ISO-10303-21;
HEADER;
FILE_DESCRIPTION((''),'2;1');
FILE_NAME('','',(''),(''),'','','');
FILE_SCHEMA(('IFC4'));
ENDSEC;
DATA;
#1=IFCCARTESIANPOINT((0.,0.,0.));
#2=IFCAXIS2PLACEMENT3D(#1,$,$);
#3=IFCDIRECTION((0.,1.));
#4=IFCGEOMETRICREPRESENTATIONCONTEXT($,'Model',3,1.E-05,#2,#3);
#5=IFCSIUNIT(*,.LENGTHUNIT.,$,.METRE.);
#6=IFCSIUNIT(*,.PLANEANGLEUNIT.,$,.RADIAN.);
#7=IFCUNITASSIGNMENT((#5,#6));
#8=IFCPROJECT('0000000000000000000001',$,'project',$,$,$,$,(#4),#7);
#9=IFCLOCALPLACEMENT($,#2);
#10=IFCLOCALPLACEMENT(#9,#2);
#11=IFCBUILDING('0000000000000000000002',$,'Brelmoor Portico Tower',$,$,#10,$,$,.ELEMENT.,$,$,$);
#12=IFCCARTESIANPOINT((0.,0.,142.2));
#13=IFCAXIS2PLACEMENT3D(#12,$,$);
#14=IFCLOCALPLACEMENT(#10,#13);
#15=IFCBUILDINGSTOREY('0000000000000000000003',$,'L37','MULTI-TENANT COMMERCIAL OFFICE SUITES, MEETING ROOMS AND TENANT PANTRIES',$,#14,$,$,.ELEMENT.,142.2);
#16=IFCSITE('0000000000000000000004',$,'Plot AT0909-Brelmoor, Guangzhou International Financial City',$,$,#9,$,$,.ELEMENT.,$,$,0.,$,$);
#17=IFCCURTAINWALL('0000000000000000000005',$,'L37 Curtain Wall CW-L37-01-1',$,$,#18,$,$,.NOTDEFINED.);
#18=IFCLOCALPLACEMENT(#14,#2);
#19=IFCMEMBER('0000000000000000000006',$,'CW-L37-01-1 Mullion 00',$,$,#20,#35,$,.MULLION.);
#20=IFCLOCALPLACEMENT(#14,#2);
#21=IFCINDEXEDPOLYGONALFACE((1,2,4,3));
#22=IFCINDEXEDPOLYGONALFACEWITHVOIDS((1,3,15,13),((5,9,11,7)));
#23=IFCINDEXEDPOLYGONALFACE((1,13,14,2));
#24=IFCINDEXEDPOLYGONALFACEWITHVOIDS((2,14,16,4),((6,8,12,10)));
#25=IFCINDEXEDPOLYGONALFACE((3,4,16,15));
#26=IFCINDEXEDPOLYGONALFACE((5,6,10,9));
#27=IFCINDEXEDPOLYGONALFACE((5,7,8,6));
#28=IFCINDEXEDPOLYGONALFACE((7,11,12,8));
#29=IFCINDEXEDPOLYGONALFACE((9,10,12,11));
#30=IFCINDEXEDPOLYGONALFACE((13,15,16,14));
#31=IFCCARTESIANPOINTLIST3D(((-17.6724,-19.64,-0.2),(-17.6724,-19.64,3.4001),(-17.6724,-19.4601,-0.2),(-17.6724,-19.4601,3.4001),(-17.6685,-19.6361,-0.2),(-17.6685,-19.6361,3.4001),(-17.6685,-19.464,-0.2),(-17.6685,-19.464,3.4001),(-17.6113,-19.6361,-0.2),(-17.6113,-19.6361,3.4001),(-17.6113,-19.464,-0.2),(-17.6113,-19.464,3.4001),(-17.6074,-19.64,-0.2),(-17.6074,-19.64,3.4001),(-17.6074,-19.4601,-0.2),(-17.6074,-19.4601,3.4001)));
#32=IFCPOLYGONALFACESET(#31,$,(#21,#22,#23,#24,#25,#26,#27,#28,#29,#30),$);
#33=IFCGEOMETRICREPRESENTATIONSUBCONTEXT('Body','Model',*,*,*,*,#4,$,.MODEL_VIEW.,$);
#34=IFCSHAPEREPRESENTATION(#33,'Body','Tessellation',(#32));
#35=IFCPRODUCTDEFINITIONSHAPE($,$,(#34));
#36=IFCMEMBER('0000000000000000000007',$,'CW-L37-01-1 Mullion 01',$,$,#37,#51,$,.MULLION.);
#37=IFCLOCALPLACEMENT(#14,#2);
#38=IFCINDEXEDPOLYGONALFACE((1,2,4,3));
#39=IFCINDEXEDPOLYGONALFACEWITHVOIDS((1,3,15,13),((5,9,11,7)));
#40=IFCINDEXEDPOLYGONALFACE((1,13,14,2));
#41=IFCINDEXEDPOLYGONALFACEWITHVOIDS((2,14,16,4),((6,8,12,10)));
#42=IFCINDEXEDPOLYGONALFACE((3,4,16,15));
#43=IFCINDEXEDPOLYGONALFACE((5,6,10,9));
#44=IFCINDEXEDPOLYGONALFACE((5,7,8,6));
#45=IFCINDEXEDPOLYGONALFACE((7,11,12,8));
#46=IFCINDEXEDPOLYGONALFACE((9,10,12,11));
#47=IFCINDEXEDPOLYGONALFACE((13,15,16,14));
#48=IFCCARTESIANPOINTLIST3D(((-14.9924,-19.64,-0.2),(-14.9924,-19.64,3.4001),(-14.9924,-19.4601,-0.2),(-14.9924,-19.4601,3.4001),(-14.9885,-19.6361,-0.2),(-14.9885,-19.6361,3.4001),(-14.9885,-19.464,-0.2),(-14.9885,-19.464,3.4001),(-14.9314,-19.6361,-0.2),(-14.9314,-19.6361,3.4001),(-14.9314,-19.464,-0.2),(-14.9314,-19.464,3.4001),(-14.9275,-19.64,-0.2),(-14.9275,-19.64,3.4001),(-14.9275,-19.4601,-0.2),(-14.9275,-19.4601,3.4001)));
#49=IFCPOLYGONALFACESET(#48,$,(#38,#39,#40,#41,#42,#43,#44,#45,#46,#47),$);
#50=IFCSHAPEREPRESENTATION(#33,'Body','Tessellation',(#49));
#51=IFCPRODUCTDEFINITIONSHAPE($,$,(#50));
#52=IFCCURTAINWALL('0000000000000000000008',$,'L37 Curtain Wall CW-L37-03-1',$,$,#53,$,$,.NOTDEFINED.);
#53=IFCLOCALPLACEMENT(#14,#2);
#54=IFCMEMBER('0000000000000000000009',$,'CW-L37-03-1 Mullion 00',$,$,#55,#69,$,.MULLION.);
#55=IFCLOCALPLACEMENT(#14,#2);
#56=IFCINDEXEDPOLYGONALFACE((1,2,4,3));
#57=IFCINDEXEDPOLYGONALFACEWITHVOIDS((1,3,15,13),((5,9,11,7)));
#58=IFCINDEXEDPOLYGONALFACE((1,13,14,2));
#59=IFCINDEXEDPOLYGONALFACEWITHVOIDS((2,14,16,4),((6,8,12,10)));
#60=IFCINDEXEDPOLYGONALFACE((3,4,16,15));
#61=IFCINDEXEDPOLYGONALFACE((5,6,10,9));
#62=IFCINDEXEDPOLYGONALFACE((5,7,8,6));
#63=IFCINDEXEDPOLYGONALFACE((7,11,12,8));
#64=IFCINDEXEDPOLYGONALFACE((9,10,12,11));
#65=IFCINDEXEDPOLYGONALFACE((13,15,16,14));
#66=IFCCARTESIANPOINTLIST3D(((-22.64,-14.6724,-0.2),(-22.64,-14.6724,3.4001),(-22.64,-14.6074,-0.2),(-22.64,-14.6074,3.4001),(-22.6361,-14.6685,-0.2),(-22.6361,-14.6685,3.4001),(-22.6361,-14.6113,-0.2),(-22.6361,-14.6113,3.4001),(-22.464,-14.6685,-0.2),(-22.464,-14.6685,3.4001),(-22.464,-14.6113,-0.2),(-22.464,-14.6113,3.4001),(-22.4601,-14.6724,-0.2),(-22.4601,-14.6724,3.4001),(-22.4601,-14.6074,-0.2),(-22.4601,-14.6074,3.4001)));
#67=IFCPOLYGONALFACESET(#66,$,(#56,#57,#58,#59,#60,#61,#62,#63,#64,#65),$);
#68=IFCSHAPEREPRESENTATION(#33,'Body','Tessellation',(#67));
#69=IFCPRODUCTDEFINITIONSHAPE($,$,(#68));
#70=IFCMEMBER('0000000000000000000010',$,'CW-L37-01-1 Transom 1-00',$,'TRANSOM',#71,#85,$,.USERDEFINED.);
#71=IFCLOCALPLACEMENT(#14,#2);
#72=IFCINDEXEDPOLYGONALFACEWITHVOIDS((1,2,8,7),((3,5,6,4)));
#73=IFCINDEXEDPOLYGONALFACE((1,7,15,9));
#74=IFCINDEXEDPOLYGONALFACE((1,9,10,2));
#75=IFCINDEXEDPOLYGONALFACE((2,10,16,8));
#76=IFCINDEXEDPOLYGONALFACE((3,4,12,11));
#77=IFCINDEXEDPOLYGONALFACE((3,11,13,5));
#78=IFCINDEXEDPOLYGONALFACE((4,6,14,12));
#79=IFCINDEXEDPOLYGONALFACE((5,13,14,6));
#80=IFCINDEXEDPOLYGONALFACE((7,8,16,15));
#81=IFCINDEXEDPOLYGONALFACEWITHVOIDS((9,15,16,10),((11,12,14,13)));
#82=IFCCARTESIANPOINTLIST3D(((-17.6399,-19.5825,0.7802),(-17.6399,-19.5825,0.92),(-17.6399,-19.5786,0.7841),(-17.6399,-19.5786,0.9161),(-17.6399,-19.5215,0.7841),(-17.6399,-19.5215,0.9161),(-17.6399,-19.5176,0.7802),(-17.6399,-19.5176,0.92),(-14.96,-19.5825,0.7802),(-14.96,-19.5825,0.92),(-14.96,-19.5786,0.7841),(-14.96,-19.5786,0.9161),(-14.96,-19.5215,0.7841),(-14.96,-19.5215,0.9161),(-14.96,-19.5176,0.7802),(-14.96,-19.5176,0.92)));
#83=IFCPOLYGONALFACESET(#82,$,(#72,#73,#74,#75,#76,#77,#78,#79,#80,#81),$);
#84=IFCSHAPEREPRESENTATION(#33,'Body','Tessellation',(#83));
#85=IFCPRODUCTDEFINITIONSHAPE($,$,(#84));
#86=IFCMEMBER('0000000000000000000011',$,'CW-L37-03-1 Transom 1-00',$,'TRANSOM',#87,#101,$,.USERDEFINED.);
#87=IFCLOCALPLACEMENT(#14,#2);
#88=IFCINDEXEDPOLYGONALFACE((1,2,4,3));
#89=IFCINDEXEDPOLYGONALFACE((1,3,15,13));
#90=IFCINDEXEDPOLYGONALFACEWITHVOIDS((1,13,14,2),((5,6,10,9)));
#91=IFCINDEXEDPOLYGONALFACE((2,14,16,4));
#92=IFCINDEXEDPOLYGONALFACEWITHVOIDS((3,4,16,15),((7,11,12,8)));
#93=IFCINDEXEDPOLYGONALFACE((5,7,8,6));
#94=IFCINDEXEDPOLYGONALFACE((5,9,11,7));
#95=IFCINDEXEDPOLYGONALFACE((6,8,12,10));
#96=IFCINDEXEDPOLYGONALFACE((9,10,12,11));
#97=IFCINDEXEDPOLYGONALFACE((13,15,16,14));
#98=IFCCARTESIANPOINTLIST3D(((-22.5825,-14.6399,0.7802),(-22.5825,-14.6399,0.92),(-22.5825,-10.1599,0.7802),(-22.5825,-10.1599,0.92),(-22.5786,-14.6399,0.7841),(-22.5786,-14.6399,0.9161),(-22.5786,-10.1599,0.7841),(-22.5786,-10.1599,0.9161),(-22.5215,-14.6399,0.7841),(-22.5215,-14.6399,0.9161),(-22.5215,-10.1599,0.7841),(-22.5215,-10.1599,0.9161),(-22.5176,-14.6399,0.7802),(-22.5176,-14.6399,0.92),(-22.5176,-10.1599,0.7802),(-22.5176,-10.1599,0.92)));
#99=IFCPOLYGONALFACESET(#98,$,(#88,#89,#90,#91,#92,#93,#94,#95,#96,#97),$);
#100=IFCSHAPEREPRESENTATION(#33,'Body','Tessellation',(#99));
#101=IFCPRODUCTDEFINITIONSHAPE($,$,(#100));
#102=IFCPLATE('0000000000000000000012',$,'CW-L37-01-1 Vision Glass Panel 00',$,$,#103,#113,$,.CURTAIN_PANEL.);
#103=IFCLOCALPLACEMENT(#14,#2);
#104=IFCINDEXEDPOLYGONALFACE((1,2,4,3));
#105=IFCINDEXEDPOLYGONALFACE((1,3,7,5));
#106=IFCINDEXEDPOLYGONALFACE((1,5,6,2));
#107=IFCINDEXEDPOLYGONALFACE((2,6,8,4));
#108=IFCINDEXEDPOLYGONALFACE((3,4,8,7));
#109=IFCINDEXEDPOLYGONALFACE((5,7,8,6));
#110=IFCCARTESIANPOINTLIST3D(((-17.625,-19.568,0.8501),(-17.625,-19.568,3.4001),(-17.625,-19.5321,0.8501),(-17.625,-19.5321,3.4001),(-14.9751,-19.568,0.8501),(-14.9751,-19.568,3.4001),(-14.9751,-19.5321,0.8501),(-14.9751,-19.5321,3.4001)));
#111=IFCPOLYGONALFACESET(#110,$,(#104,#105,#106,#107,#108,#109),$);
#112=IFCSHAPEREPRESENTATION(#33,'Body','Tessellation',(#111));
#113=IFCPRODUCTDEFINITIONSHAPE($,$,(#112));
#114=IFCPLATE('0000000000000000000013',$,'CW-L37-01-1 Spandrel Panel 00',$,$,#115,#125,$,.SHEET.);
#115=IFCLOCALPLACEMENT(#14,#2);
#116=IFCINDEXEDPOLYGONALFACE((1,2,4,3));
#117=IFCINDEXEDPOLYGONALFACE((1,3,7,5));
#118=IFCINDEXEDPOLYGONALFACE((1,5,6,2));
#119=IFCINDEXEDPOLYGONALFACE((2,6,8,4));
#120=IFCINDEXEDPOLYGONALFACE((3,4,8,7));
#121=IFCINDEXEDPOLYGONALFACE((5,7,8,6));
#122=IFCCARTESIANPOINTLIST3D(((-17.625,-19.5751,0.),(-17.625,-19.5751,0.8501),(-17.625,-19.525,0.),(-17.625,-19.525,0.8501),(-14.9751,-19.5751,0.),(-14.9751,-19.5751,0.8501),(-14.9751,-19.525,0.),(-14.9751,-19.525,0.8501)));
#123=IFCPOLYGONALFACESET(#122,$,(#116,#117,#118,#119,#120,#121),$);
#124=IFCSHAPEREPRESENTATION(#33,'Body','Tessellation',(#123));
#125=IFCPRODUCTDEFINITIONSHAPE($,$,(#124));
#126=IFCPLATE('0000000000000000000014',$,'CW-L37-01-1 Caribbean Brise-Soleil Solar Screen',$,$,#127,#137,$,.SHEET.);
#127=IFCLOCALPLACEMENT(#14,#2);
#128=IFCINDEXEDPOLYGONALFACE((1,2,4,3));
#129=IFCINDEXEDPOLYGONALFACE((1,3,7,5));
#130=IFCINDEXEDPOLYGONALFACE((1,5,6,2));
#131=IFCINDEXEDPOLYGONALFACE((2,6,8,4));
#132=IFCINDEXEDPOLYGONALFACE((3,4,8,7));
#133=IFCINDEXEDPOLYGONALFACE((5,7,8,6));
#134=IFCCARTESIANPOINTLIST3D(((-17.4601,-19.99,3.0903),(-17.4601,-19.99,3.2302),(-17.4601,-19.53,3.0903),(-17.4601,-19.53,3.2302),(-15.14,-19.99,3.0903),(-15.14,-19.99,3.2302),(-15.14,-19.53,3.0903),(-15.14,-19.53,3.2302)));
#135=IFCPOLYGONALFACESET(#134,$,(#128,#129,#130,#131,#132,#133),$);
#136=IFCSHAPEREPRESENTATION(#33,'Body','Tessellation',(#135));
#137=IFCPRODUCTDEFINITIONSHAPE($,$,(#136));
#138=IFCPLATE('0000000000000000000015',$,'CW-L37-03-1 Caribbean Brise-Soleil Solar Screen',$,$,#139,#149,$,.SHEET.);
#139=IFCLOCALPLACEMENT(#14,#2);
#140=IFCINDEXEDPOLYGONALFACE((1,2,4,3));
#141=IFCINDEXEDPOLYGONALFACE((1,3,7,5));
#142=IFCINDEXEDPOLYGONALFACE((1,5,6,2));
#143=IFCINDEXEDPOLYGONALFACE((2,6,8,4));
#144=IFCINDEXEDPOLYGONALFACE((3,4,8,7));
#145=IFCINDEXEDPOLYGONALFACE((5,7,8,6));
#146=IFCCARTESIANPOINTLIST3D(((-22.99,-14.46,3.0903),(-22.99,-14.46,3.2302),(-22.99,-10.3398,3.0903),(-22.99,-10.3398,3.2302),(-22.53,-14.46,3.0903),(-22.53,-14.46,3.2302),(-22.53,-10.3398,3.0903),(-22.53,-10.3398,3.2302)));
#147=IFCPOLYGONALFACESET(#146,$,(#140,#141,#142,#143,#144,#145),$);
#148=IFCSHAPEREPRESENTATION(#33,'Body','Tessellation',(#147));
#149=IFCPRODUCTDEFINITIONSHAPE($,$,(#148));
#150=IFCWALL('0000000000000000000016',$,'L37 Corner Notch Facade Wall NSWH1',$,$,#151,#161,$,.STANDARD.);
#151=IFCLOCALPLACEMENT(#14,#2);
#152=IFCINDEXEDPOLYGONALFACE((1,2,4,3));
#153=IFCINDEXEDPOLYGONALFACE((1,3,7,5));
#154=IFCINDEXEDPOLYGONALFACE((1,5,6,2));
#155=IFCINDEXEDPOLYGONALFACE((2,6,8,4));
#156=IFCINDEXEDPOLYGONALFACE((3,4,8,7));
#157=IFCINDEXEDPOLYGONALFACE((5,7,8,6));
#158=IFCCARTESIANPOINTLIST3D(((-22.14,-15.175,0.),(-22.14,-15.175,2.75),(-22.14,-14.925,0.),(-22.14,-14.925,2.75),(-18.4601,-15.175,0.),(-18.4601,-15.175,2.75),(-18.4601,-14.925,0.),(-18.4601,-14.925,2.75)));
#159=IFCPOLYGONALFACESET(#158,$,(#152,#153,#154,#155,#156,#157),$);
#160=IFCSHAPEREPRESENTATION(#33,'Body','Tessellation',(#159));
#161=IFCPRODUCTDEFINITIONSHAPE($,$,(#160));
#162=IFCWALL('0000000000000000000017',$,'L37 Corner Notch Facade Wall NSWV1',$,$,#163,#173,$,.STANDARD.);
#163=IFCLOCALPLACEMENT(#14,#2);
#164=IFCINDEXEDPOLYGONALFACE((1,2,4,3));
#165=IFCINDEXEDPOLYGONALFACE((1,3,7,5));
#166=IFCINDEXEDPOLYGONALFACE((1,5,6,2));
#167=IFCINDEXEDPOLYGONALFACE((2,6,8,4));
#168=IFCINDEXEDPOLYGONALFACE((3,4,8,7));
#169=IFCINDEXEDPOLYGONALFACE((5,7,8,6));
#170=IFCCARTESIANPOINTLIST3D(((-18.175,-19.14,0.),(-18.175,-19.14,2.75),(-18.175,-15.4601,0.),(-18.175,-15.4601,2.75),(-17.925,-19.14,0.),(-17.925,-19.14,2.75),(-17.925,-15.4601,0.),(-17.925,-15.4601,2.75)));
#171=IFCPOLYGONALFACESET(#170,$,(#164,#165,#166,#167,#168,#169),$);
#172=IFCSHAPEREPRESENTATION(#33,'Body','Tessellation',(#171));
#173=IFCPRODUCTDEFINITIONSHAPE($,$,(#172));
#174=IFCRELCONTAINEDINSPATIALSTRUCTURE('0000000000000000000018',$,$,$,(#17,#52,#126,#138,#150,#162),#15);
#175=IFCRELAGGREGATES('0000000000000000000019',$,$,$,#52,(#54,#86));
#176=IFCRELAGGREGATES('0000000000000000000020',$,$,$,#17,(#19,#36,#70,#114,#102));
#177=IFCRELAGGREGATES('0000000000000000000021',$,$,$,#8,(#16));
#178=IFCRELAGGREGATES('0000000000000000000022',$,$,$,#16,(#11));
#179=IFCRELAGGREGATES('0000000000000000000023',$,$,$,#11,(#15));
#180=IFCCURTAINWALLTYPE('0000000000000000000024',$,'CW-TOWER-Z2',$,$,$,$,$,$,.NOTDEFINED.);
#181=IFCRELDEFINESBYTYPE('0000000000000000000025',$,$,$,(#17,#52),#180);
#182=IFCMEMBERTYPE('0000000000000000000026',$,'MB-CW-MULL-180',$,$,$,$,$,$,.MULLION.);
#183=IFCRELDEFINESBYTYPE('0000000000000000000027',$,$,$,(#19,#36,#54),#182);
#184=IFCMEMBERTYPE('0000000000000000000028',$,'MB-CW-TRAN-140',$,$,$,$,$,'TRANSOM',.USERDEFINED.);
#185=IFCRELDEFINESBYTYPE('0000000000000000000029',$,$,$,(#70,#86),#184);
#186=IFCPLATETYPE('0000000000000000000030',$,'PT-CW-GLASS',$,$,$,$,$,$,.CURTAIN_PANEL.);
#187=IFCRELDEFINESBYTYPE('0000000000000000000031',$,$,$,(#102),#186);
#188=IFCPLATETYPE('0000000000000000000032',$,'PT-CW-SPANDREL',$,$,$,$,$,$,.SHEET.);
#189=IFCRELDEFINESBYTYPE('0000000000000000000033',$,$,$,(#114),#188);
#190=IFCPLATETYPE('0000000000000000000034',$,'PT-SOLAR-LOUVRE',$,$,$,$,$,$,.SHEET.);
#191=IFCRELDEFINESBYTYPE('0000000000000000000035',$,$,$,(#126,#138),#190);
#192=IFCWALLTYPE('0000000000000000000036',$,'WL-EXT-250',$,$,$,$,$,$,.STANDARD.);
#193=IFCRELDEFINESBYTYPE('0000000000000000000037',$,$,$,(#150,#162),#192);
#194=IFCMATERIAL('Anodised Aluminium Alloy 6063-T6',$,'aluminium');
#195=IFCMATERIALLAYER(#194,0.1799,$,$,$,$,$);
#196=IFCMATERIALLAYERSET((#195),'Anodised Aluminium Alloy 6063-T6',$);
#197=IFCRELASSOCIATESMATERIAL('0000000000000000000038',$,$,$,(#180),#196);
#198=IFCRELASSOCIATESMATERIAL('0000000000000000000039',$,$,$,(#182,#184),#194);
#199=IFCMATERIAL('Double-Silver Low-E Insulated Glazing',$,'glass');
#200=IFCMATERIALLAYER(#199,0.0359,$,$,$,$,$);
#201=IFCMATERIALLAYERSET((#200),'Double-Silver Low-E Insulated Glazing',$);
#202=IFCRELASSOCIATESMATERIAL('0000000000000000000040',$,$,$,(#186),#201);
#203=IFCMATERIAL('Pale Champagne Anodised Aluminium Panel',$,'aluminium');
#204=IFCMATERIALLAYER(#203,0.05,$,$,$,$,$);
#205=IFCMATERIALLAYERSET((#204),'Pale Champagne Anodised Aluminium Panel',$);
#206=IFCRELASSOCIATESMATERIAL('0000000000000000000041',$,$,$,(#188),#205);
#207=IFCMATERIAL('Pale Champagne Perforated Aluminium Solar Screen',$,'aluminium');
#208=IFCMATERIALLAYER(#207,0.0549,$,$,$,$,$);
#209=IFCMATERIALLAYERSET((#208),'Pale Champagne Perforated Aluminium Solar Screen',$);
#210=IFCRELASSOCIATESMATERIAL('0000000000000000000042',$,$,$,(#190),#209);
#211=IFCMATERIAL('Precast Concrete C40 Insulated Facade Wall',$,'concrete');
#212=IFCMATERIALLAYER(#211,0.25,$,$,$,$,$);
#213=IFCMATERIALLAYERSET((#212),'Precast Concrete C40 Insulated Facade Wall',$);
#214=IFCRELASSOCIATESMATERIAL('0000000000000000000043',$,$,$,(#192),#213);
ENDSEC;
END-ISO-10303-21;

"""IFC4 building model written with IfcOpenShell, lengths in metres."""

from ifc_helpers import new_model, si_unit, direction, frame, frame_2d, origin, origin_2d, place, context, subcontext, project, spatial, rectangle, hollow_rectangle, extrude, material, layer, layer_set, material_profile, profile_set, type_object, element, aggregate, save


model = new_model("IFC4")

# Units and contexts
model_context = context("Model", 3, precision=1e-05, world=origin(), true_north=direction((0.0, 1.0)))
body_context = subcontext(model_context, "Body", "Model", "MODEL_VIEW")
ifc_project = project(units=[si_unit("LENGTHUNIT", "METRE"), si_unit("PLANEANGLEUNIT", "RADIAN")], contexts=[model_context])

# Site, building, storey
site_placement = place(None, origin())
site = spatial("IfcSite", under=ifc_project, at=site_placement, Name="Plot AT0909-Brelmoor, Guangzhou International Financial City", CompositionType="ELEMENT", RefElevation=0.0)
building_placement = place(site_placement, origin())
building = spatial("IfcBuilding", under=site, at=building_placement, Name="Brelmoor Portico Tower", CompositionType="ELEMENT")
storey_placement = place(building_placement, frame((0.0, 0.0, 142.2)))
storey = spatial("IfcBuildingStorey", under=building, at=storey_placement, Name="L37", Description="MULTI-TENANT COMMERCIAL OFFICE SUITES, MEETING ROOMS AND TENANT PANTRIES", CompositionType="ELEMENT", Elevation=142.2)

# Curtain wall, members
ifc_material_1 = material(Name="Anodised Aluminium Alloy 6063-T6", Category="aluminium")
ifc_layer_1 = layer(ifc_material_1, 0.1799)
ifc_layer_set_1 = layer_set([ifc_layer_1], Name="Anodised Aluminium Alloy 6063-T6")
curtain_wall_type = type_object("IfcCurtainWallType", Name="CW-TOWER-Z2", PredefinedType="NOTDEFINED", material=ifc_layer_set_1)
curtain_wall_1_placement = place(storey_placement, origin())
curtain_wall_1 = element("IfcCurtainWall", 1, at=curtain_wall_1_placement, inside=storey, type_object=curtain_wall_type, Name="L37 Curtain Wall CW-L37-01-1", PredefinedType="NOTDEFINED")
ifc_material_profile_1 = material_profile(ifc_material_1, hollow_rectangle(XDim=0.0649, YDim=0.1799, WallThickness=0.0039, at=origin_2d()), Name="ALU MULLION 65x180")
ifc_profile_set_1 = profile_set([ifc_material_profile_1], Name="Anodised Aluminium Alloy 6063-T6")
member_type_1 = type_object("IfcMemberType", Name="MB-CW-MULL-180", PredefinedType="MULLION", material=ifc_profile_set_1)
member_1_placement = place(storey_placement, frame((-17.6399, -19.55, -0.2), z_axis=(0.0, 0.0, 1.0), x_axis=(1.0, 0.0, 0.0)))
member_1 = element("IfcMember", 2, at=member_1_placement, type_object=member_type_1, Name="CW-L37-01-1 Mullion 00", PredefinedType="MULLION", context=body_context, shape_type="SweptSolid", body=[
    extrude(hollow_rectangle(XDim=0.0649, YDim=0.1799, WallThickness=0.0039, at=origin_2d()), origin(), (0.0, 0.0, 1.0), 3.6001),
])
member_2_placement = place(storey_placement, frame((-14.96, -19.55, -0.2), z_axis=(0.0, 0.0, 1.0), x_axis=(1.0, 0.0, 0.0)))
member_2 = element("IfcMember", 3, at=member_2_placement, type_object=member_type_1, Name="CW-L37-01-1 Mullion 01", PredefinedType="MULLION", context=body_context, shape_type="SweptSolid", body=[
    extrude(hollow_rectangle(XDim=0.0649, YDim=0.1799, WallThickness=0.0039, at=origin_2d()), origin(), (0.0, 0.0, 1.0), 3.6001),
])

# Curtain wall, member
curtain_wall_2_placement = place(storey_placement, origin())
curtain_wall_2 = element("IfcCurtainWall", 4, at=curtain_wall_2_placement, inside=storey, type_object=curtain_wall_type, Name="L37 Curtain Wall CW-L37-03-1", PredefinedType="NOTDEFINED")
member_3_placement = place(storey_placement, frame((-22.55, -14.6399, -0.2), z_axis=(0.0, 0.0, 1.0), x_axis=(0.0, 1.0, 0.0)))
member_3 = element("IfcMember", 5, at=member_3_placement, type_object=member_type_1, Name="CW-L37-03-1 Mullion 00", PredefinedType="MULLION", context=body_context, shape_type="SweptSolid", body=[
    extrude(hollow_rectangle(XDim=0.0649, YDim=0.1799, WallThickness=0.0039, at=origin_2d()), origin(), (0.0, 0.0, 1.0), 3.6001),
])

# Members
ifc_material_profile_2 = material_profile(ifc_material_1, hollow_rectangle(XDim=0.0649, YDim=0.1399, WallThickness=0.0039, at=origin_2d()), Name="ALU TRANSOM 65x140")
ifc_profile_set_2 = profile_set([ifc_material_profile_2], Name="Anodised Aluminium Alloy 6063-T6")
member_type_2 = type_object("IfcMemberType", Name="MB-CW-TRAN-140", ElementType="TRANSOM", PredefinedType="USERDEFINED", material=ifc_profile_set_2)
member_4_placement = place(storey_placement, frame((-17.6399, -19.55, 0.8501), z_axis=(1.0, 0.0, 0.0), x_axis=(0.0, 1.0, 0.0)))
member_4 = element("IfcMember", 6, at=member_4_placement, type_object=member_type_2, Name="CW-L37-01-1 Transom 1-00", ObjectType="TRANSOM", PredefinedType="USERDEFINED", context=body_context, shape_type="SweptSolid", body=[
    extrude(hollow_rectangle(XDim=0.0649, YDim=0.1399, WallThickness=0.0039, at=origin_2d()), origin(), (0.0, 0.0, 1.0), 2.6799),
])
member_5_placement = place(storey_placement, frame((-22.55, -14.6399, 0.8501), z_axis=(0.0, 1.0, 0.0), x_axis=(-1.0, 0.0, 0.0)))
member_5 = element("IfcMember", 7, at=member_5_placement, type_object=member_type_2, Name="CW-L37-03-1 Transom 1-00", ObjectType="TRANSOM", PredefinedType="USERDEFINED", context=body_context, shape_type="SweptSolid", body=[
    extrude(hollow_rectangle(XDim=0.0649, YDim=0.1399, WallThickness=0.0039, at=origin_2d()), origin(), (0.0, 0.0, 1.0), 4.48),
])
aggregate(curtain_wall_2, [member_3, member_5])

# Plates
ifc_material_2 = material(Name="Double-Silver Low-E Insulated Glazing", Category="glass")
ifc_layer_2 = layer(ifc_material_2, 0.0359)
ifc_layer_set_2 = layer_set([ifc_layer_2], Name="Double-Silver Low-E Insulated Glazing")
plate_type_1 = type_object("IfcPlateType", Name="PT-CW-GLASS", PredefinedType="CURTAIN_PANEL", material=ifc_layer_set_2)
plate_1_placement = place(storey_placement, frame((-16.3, -19.55, 0.8501), z_axis=(0.0, 0.0, 1.0), x_axis=(1.0, 0.0, 0.0)))
plate_1 = element("IfcPlate", 8, at=plate_1_placement, type_object=plate_type_1, Name="CW-L37-01-1 Vision Glass Panel 00", PredefinedType="CURTAIN_PANEL", context=body_context, shape_type="SweptSolid", body=[
    extrude(rectangle(XDim=2.6499, YDim=0.0359, at=origin_2d()), origin(), (0.0, 0.0, 1.0), 2.55),
])
ifc_material_3 = material(Name="Pale Champagne Anodised Aluminium Panel", Category="aluminium")
ifc_layer_3 = layer(ifc_material_3, 0.05)
ifc_layer_set_3 = layer_set([ifc_layer_3], Name="Pale Champagne Anodised Aluminium Panel")
plate_type_2 = type_object("IfcPlateType", Name="PT-CW-SPANDREL", PredefinedType="SHEET", material=ifc_layer_set_3)
plate_2_placement = place(storey_placement, frame((-16.3, -19.55, 0.0), z_axis=(0.0, 0.0, 1.0), x_axis=(1.0, 0.0, 0.0)))
plate_2 = element("IfcPlate", 9, at=plate_2_placement, type_object=plate_type_2, Name="CW-L37-01-1 Spandrel Panel 00", PredefinedType="SHEET", context=body_context, shape_type="SweptSolid", body=[
    extrude(rectangle(XDim=2.6499, YDim=0.05, at=origin_2d()), origin(), (0.0, 0.0, 1.0), 0.8501),
])
aggregate(curtain_wall_1, [member_1, member_2, member_4, plate_2, plate_1])

# Plates
ifc_material_4 = material(Name="Pale Champagne Perforated Aluminium Solar Screen", Category="aluminium")
ifc_layer_4 = layer(ifc_material_4, 0.0549)
ifc_layer_set_4 = layer_set([ifc_layer_4], Name="Pale Champagne Perforated Aluminium Solar Screen")
plate_type_3 = type_object("IfcPlateType", Name="PT-SOLAR-LOUVRE", PredefinedType="SHEET", material=ifc_layer_set_4)
plate_3_placement = place(storey_placement, frame((-16.3, -19.76, 3.0903), z_axis=(0.0, 0.0, 1.0), x_axis=(1.0, 0.0, 0.0)))
element("IfcPlate", 10, at=plate_3_placement, inside=storey, type_object=plate_type_3, Name="CW-L37-01-1 Caribbean Brise-Soleil Solar Screen", PredefinedType="SHEET", context=body_context, shape_type="SweptSolid", body=[
    extrude(rectangle(XDim=2.3201, YDim=0.46, at=origin_2d()), origin(), (0.0, 0.0, 1.0), 0.1399),
])
plate_4_placement = place(storey_placement, frame((-22.76, -12.3999, 3.0903), z_axis=(0.0, 0.0, 1.0), x_axis=(0.0, 1.0, 0.0)))
element("IfcPlate", 11, at=plate_4_placement, inside=storey, type_object=plate_type_3, Name="CW-L37-03-1 Caribbean Brise-Soleil Solar Screen", PredefinedType="SHEET", context=body_context, shape_type="SweptSolid", body=[
    extrude(rectangle(XDim=4.1201, YDim=0.46, at=origin_2d()), origin(), (0.0, 0.0, 1.0), 0.1399),
])

# Walls
ifc_material_5 = material(Name="Precast Concrete C40 Insulated Facade Wall", Category="concrete")
ifc_layer_5 = layer(ifc_material_5, 0.25)
ifc_layer_set_5 = layer_set([ifc_layer_5], Name="Precast Concrete C40 Insulated Facade Wall")
wall_type = type_object("IfcWallType", Name="WL-EXT-250", PredefinedType="STANDARD", material=ifc_layer_set_5)
for number, where, z_axis, x_axis, name in (
    (12, (-22.1399, -15.05, 0.0), (0.0, 0.0, 1.0), (1.0, 0.0, 0.0), "L37 Corner Notch Facade Wall NSWH1"),
    (13, (-18.05, -19.1399, 0.0), (0.0, 0.0, 1.0), (0.0, 1.0, 0.0), "L37 Corner Notch Facade Wall NSWV1"),
):
    element("IfcWall", number, at=place(storey_placement, frame(where, z_axis=z_axis, x_axis=x_axis)), inside=storey, type_object=wall_type, Name=name, PredefinedType="STANDARD", context=body_context, shape_type="SweptSolid", body=[
        extrude(rectangle(XDim=3.6799, YDim=0.25, at=frame_2d((1.8398, 0.0))), origin(), (0.0, 0.0, 1.0), 2.75),
    ])

save(model, "model.ifc")
